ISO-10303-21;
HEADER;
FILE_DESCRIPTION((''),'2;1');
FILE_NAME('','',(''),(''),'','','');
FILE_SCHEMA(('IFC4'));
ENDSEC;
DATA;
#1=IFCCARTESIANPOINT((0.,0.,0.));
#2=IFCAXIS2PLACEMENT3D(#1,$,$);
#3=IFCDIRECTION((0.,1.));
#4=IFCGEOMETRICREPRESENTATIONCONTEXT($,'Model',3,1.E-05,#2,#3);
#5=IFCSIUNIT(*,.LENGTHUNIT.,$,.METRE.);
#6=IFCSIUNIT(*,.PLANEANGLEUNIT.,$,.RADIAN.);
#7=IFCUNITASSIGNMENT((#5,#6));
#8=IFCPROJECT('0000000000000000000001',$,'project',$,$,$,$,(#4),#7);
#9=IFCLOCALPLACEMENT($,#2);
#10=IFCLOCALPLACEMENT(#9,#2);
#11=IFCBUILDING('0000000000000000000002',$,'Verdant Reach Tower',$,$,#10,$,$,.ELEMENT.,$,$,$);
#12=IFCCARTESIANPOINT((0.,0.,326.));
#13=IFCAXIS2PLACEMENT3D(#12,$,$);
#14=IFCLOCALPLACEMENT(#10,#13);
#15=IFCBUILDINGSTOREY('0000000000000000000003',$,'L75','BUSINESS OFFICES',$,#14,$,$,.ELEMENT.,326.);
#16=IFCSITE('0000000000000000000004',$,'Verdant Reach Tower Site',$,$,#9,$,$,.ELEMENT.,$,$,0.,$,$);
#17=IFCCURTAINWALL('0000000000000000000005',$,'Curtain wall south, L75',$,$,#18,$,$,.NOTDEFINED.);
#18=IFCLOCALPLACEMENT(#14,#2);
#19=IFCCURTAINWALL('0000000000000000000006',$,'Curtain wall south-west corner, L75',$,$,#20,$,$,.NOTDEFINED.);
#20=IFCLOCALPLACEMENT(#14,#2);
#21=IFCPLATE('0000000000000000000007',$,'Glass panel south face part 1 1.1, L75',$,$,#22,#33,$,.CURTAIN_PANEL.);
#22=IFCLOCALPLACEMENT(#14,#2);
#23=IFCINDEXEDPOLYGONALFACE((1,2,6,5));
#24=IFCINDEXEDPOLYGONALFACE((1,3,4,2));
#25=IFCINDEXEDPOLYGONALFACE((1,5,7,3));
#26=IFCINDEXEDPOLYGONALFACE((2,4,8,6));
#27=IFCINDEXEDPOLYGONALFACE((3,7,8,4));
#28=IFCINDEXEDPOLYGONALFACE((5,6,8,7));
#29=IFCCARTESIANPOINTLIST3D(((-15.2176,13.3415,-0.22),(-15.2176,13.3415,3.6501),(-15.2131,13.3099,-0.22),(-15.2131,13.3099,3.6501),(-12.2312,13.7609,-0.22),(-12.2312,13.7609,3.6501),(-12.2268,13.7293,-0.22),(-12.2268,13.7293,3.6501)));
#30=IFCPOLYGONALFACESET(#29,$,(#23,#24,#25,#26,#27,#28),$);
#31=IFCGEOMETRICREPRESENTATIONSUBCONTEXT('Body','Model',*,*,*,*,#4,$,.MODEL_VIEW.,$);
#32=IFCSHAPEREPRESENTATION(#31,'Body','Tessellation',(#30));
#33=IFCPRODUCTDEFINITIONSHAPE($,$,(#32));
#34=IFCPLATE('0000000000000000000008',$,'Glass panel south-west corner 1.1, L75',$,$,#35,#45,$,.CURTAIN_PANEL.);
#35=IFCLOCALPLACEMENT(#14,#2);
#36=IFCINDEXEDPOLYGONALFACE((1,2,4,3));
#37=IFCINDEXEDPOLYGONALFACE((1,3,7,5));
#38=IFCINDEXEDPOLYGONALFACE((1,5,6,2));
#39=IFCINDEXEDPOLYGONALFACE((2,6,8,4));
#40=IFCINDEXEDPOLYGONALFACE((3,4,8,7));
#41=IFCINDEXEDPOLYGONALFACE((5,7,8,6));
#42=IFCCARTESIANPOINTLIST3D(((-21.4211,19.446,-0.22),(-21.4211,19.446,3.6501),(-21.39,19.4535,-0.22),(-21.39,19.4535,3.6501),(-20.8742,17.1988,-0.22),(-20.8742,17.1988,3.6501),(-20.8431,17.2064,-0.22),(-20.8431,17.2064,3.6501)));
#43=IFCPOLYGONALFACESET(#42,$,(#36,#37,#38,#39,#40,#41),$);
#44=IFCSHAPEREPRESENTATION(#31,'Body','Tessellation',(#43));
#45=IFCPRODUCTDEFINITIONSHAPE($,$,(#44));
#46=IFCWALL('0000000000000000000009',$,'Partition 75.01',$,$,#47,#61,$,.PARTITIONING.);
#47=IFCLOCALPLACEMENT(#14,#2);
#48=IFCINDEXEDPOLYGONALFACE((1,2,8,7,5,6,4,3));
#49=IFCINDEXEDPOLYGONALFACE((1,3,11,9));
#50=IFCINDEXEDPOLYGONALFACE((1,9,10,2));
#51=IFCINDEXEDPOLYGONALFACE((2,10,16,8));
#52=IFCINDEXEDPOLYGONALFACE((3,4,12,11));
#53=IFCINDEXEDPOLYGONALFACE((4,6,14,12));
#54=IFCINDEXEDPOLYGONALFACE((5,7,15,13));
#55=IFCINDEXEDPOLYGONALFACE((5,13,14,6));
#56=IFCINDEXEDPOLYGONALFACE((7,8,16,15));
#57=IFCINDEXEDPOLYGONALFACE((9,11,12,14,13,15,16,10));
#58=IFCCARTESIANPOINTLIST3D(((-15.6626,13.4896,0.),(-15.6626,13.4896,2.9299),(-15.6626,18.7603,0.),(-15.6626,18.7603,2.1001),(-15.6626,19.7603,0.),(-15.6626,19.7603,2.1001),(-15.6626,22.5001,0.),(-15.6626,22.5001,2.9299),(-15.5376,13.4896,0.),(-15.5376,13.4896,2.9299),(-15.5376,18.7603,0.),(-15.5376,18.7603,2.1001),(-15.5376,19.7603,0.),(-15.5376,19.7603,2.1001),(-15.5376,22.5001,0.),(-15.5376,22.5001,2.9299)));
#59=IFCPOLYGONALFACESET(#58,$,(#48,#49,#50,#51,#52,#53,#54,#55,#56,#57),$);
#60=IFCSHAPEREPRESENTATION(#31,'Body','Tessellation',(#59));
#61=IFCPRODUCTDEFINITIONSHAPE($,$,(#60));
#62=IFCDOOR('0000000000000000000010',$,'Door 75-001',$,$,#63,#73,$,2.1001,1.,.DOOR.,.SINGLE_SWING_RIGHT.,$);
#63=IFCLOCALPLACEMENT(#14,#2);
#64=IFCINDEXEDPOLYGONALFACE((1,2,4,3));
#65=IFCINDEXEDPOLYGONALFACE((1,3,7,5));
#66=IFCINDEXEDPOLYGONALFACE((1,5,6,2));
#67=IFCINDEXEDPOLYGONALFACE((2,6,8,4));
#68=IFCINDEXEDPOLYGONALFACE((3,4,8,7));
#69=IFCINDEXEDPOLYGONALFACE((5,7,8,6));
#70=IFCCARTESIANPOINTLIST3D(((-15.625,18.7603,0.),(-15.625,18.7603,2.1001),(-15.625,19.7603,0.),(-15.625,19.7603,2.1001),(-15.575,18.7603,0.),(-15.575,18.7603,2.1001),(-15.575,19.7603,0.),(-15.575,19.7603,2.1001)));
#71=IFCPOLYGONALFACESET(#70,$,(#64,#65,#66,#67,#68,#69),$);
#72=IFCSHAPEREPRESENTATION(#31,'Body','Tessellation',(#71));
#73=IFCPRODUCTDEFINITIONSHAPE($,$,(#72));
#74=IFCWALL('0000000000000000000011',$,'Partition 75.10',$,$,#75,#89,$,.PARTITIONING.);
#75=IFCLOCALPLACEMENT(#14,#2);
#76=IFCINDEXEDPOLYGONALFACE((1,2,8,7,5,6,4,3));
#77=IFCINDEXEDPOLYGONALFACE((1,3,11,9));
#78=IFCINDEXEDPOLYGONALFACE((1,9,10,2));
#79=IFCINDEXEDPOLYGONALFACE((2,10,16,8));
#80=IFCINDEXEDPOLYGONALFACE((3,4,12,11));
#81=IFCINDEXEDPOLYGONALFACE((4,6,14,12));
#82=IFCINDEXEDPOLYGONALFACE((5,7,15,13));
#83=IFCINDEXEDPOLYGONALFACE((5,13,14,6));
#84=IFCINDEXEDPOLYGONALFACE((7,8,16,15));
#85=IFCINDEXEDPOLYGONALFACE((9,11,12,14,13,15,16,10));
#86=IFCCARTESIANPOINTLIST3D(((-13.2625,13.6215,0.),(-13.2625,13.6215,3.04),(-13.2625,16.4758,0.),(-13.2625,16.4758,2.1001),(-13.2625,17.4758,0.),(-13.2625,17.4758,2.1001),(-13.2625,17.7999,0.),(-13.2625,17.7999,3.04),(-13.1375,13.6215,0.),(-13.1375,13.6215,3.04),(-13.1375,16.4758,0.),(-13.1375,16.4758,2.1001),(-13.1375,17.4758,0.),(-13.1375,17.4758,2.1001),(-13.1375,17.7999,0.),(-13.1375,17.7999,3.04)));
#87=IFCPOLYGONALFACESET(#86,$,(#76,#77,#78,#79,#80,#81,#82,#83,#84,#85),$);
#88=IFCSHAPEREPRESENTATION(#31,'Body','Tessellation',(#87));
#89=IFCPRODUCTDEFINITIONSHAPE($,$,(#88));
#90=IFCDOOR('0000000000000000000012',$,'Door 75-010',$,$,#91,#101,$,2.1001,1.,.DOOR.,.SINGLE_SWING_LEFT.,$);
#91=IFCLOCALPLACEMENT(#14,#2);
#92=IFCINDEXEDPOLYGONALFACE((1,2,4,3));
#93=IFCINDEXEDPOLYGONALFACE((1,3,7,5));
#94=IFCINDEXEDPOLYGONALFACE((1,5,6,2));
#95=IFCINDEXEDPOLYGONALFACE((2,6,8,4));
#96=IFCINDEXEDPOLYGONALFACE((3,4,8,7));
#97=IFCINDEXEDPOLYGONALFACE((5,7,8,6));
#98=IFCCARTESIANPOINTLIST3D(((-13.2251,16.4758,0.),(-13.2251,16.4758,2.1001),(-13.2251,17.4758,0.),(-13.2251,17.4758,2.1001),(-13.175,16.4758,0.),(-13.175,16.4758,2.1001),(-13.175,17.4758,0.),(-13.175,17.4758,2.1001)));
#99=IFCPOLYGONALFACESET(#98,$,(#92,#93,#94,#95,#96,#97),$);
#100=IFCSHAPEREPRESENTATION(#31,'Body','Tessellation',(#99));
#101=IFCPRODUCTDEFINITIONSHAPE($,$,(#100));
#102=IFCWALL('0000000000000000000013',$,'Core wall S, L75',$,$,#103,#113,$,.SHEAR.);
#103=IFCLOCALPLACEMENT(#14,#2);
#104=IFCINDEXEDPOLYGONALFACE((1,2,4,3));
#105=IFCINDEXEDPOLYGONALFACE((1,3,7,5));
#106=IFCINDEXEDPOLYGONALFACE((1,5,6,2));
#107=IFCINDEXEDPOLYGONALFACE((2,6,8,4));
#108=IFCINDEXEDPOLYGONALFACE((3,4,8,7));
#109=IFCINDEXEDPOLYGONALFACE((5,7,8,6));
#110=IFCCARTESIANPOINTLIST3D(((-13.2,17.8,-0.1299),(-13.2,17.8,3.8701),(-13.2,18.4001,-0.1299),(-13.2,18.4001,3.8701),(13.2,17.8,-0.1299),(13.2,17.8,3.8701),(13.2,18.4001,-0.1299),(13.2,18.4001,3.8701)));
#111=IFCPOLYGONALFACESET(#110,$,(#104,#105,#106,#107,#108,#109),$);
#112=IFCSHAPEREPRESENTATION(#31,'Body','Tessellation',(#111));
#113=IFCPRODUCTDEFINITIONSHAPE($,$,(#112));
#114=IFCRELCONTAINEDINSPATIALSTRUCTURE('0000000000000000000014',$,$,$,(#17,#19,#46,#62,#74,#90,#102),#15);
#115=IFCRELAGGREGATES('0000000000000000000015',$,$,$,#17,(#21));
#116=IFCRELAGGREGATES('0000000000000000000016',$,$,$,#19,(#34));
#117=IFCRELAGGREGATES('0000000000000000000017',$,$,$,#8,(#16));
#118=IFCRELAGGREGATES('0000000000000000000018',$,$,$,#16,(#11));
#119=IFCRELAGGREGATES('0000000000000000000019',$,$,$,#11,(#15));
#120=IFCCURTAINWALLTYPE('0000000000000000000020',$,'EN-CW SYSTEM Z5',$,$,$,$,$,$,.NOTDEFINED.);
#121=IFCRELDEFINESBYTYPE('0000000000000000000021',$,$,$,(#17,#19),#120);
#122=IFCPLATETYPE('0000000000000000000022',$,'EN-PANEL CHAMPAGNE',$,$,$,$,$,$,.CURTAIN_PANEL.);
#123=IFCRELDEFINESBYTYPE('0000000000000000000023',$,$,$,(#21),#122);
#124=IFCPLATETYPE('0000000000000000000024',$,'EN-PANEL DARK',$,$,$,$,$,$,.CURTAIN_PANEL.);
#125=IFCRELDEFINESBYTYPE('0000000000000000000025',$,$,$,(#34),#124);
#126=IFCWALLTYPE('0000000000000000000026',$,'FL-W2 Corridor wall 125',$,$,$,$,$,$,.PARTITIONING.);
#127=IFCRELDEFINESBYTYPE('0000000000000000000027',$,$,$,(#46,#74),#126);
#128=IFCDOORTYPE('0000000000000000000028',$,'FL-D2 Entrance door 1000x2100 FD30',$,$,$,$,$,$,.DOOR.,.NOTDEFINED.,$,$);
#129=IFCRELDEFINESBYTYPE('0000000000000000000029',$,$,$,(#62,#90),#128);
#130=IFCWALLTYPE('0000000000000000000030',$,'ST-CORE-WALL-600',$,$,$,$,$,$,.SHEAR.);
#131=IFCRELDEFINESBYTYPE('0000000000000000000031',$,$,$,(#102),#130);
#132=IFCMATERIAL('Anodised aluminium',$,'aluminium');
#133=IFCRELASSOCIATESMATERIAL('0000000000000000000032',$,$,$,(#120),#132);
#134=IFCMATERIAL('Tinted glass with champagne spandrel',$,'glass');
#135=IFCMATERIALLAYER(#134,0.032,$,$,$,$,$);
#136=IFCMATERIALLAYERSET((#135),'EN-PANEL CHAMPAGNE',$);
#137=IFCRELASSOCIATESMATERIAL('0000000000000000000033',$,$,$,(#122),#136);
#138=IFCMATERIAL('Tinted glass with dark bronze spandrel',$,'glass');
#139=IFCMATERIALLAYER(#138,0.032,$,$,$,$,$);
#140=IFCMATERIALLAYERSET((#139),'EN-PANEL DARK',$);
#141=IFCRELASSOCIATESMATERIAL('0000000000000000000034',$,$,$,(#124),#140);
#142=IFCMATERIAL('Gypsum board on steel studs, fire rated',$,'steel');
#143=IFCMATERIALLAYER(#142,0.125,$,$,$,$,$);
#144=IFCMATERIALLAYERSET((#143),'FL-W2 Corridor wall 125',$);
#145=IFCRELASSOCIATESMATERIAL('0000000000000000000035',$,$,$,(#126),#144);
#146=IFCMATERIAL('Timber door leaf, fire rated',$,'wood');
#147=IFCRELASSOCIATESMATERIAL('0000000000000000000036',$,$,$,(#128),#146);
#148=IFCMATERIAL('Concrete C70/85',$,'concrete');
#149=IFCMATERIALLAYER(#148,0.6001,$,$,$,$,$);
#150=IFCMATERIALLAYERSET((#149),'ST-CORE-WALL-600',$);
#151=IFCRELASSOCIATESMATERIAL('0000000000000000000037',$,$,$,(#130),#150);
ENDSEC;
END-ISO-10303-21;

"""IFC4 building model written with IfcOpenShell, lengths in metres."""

from ifc_helpers import new_model, si_unit, direction, frame, frame_2d, origin, origin_2d, place, context, subcontext, project, spatial, rectangle, extrude, material, layer, layer_set, type_object, element, fill, aggregate, save


model = new_model("IFC4")

# Units and contexts
model_context = context("Model", 3, precision=1e-05, world=origin(), true_north=direction((0.0, 1.0)))
body_context = subcontext(model_context, "Body", "Model", "MODEL_VIEW")
ifc_project = project(units=[si_unit("LENGTHUNIT", "METRE"), si_unit("PLANEANGLEUNIT", "RADIAN")], contexts=[model_context])

# Site, building, storey
site_placement = place(None, origin())
site = spatial("IfcSite", under=ifc_project, at=site_placement, Name="Verdant Reach Tower Site", CompositionType="ELEMENT", RefElevation=0.0)
building_placement = place(site_placement, origin())
building = spatial("IfcBuilding", under=site, at=building_placement, Name="Verdant Reach Tower", CompositionType="ELEMENT")
storey_placement = place(building_placement, frame((0.0, 0.0, 326.0)))
storey = spatial("IfcBuildingStorey", under=building, at=storey_placement, Name="L75", Description="BUSINESS OFFICES", CompositionType="ELEMENT", Elevation=326.0)

# Curtain wall
ifc_material_1 = material(Name="Anodised aluminium", Category="aluminium")
curtain_wall_type = type_object("IfcCurtainWallType", Name="EN-CW SYSTEM Z5", PredefinedType="NOTDEFINED", material=ifc_material_1)
curtain_wall_1_placement = place(storey_placement, origin())
curtain_wall_1 = element("IfcCurtainWall", 1, at=curtain_wall_1_placement, inside=storey, type_object=curtain_wall_type, Name="Curtain wall south, L75", PredefinedType="NOTDEFINED")

# Curtain wall
curtain_wall_2_placement = place(storey_placement, origin())
curtain_wall_2 = element("IfcCurtainWall", 2, at=curtain_wall_2_placement, inside=storey, type_object=curtain_wall_type, Name="Curtain wall south-west corner, L75", PredefinedType="NOTDEFINED")
ifc_material_2 = material(Name="Tinted glass with champagne spandrel", Category="glass")
ifc_layer_1 = layer(ifc_material_2, 0.032)
ifc_layer_set_1 = layer_set([ifc_layer_1], Name="EN-PANEL CHAMPAGNE")
plate_type_1 = type_object("IfcPlateType", Name="EN-PANEL CHAMPAGNE", PredefinedType="CURTAIN_PANEL", material=ifc_layer_set_1)

# Plates
plate_1_placement = place(storey_placement, frame((-13.7222, 13.5354, -0.22), z_axis=(0.0, 0.0, 1.0), x_axis=(0.990282, 0.139077, 0.0)))
plate_1 = element("IfcPlate", 3, at=plate_1_placement, type_object=plate_type_1, Name="Glass panel south face part 1 1.1, L75", PredefinedType="CURTAIN_PANEL", context=body_context, shape_type="SweptSolid", body=[
    extrude(rectangle(XDim=3.0156, YDim=0.032, at=origin_2d()), origin(), (0.0, 0.0, 1.0), 3.8701),
])
aggregate(curtain_wall_1, [plate_1])
ifc_material_3 = material(Name="Tinted glass with dark bronze spandrel", Category="glass")
ifc_layer_2 = layer(ifc_material_3, 0.032)
ifc_layer_set_2 = layer_set([ifc_layer_2], Name="EN-PANEL DARK")
plate_type_2 = type_object("IfcPlateType", Name="EN-PANEL DARK", PredefinedType="CURTAIN_PANEL", material=ifc_layer_set_2)
plate_2_placement = place(storey_placement, frame((-21.1321, 18.3262, -0.22), z_axis=(0.0, 0.0, 1.0), x_axis=(0.236471, -0.971638, 0.0)))
plate_2 = element("IfcPlate", 4, at=plate_2_placement, type_object=plate_type_2, Name="Glass panel south-west corner 1.1, L75", PredefinedType="CURTAIN_PANEL", context=body_context, shape_type="SweptSolid", body=[
    extrude(rectangle(XDim=2.3127, YDim=0.032, at=origin_2d()), origin(), (0.0, 0.0, 1.0), 3.8701),
])
aggregate(curtain_wall_2, [plate_2])

# Walls, openings, doors
ifc_material_4 = material(Name="Gypsum board on steel studs, fire rated", Category="steel")
ifc_layer_3 = layer(ifc_material_4, 0.125)
ifc_layer_set_3 = layer_set([ifc_layer_3], Name="FL-W2 Corridor wall 125")
wall_type_1 = type_object("IfcWallType", Name="FL-W2 Corridor wall 125", PredefinedType="PARTITIONING", material=ifc_layer_set_3)
wall_1_placement = place(storey_placement, frame((-15.6001, 13.4895, 0.0), z_axis=(0.0, 0.0, 1.0), x_axis=(0.0, 1.0, 0.0)))
wall_1 = element("IfcWall", 5, at=wall_1_placement, inside=storey, type_object=wall_type_1, Name="Partition 75.01", PredefinedType="PARTITIONING", context=body_context, shape_type="SweptSolid", body=[
    extrude(rectangle(XDim=9.0105, YDim=0.125, at=frame_2d((4.5054, 0.0))), origin(), (0.0, 0.0, 1.0), 2.9299),
])
opening_1_placement = place(wall_1_placement, frame((5.2708, 0.0, 0.0)))
opening_1 = element("IfcOpeningElement", 6, at=opening_1_placement, cuts=wall_1, PredefinedType="OPENING", context=body_context, shape_type="SweptSolid", body=[
    extrude(rectangle(XDim=1.0, YDim=2.1001, at=frame_2d((0.5, 1.05))), frame((0.0, 0.0725, 0.0), z_axis=(0.0, -1.0, 0.0), x_axis=(1.0, 0.0, 0.0)), (0.0, 0.0, 1.0), 0.145),
])
ifc_material_5 = material(Name="Timber door leaf, fire rated", Category="wood")
door_type = type_object("IfcDoorType", Name="FL-D2 Entrance door 1000x2100 FD30", OperationType="NOTDEFINED", PredefinedType="DOOR", material=ifc_material_5)
door_1_placement = place(opening_1_placement, origin())
door_1 = element("IfcDoor", 7, at=door_1_placement, inside=storey, type_object=door_type, Name="Door 75-001", OperationType="SINGLE_SWING_RIGHT", OverallHeight=2.1001, OverallWidth=1.0, PredefinedType="DOOR", context=body_context, shape_type="SweptSolid", body=[
    extrude(rectangle(XDim=1.0, YDim=2.1001, at=frame_2d((0.5, 1.05))), frame((0.0, 0.0249, 0.0), z_axis=(0.0, -1.0, 0.0), x_axis=(1.0, 0.0, 0.0)), (0.0, 0.0, 1.0), 0.05),
])
fill(opening_1, door_1)
wall_2_placement = place(storey_placement, frame((-13.2, 17.8, 0.0), z_axis=(0.0, 0.0, 1.0), x_axis=(0.0, -1.0, 0.0)))
wall_2 = element("IfcWall", 8, at=wall_2_placement, inside=storey, type_object=wall_type_1, Name="Partition 75.10", PredefinedType="PARTITIONING", context=body_context, shape_type="SweptSolid", body=[
    extrude(rectangle(XDim=4.1785, YDim=0.125, at=frame_2d((2.0894, 0.0))), origin(), (0.0, 0.0, 1.0), 3.04),
])
opening_2_placement = place(wall_2_placement, frame((0.3242, 0.0, 0.0)))
opening_2 = element("IfcOpeningElement", 9, at=opening_2_placement, cuts=wall_2, PredefinedType="OPENING", context=body_context, shape_type="SweptSolid", body=[
    extrude(rectangle(XDim=1.0, YDim=2.1001, at=frame_2d((0.5, 1.05))), frame((0.0, 0.0725, 0.0), z_axis=(0.0, -1.0, 0.0), x_axis=(1.0, 0.0, 0.0)), (0.0, 0.0, 1.0), 0.145),
])
door_2_placement = place(opening_2_placement, origin())
door_2 = element("IfcDoor", 10, at=door_2_placement, inside=storey, type_object=door_type, Name="Door 75-010", OperationType="SINGLE_SWING_LEFT", OverallHeight=2.1001, OverallWidth=1.0, PredefinedType="DOOR", context=body_context, shape_type="SweptSolid", body=[
    extrude(rectangle(XDim=1.0, YDim=2.1001, at=frame_2d((0.5, 1.05))), frame((0.0, 0.0249, 0.0), z_axis=(0.0, -1.0, 0.0), x_axis=(1.0, 0.0, 0.0)), (0.0, 0.0, 1.0), 0.05),
])
fill(opening_2, door_2)

# Wall
ifc_material_6 = material(Name="Concrete C70/85", Category="concrete")
ifc_layer_4 = layer(ifc_material_6, 0.6001)
ifc_layer_set_4 = layer_set([ifc_layer_4], Name="ST-CORE-WALL-600")
wall_type_2 = type_object("IfcWallType", Name="ST-CORE-WALL-600", PredefinedType="SHEAR", material=ifc_layer_set_4)
wall_3_placement = place(storey_placement, frame((-13.2, 18.1001, -0.1299), z_axis=(0.0, 0.0, 1.0), x_axis=(1.0, 0.0, 0.0)))
element("IfcWall", 11, at=wall_3_placement, inside=storey, type_object=wall_type_2, Name="Core wall S, L75", PredefinedType="SHEAR", context=body_context, shape_type="SweptSolid", body=[
    extrude(rectangle(XDim=26.3999, YDim=0.6001, at=frame_2d((13.2, 0.0))), origin(), (0.0, 0.0, 1.0), 4.0),
])

save(model, "model.ifc")
